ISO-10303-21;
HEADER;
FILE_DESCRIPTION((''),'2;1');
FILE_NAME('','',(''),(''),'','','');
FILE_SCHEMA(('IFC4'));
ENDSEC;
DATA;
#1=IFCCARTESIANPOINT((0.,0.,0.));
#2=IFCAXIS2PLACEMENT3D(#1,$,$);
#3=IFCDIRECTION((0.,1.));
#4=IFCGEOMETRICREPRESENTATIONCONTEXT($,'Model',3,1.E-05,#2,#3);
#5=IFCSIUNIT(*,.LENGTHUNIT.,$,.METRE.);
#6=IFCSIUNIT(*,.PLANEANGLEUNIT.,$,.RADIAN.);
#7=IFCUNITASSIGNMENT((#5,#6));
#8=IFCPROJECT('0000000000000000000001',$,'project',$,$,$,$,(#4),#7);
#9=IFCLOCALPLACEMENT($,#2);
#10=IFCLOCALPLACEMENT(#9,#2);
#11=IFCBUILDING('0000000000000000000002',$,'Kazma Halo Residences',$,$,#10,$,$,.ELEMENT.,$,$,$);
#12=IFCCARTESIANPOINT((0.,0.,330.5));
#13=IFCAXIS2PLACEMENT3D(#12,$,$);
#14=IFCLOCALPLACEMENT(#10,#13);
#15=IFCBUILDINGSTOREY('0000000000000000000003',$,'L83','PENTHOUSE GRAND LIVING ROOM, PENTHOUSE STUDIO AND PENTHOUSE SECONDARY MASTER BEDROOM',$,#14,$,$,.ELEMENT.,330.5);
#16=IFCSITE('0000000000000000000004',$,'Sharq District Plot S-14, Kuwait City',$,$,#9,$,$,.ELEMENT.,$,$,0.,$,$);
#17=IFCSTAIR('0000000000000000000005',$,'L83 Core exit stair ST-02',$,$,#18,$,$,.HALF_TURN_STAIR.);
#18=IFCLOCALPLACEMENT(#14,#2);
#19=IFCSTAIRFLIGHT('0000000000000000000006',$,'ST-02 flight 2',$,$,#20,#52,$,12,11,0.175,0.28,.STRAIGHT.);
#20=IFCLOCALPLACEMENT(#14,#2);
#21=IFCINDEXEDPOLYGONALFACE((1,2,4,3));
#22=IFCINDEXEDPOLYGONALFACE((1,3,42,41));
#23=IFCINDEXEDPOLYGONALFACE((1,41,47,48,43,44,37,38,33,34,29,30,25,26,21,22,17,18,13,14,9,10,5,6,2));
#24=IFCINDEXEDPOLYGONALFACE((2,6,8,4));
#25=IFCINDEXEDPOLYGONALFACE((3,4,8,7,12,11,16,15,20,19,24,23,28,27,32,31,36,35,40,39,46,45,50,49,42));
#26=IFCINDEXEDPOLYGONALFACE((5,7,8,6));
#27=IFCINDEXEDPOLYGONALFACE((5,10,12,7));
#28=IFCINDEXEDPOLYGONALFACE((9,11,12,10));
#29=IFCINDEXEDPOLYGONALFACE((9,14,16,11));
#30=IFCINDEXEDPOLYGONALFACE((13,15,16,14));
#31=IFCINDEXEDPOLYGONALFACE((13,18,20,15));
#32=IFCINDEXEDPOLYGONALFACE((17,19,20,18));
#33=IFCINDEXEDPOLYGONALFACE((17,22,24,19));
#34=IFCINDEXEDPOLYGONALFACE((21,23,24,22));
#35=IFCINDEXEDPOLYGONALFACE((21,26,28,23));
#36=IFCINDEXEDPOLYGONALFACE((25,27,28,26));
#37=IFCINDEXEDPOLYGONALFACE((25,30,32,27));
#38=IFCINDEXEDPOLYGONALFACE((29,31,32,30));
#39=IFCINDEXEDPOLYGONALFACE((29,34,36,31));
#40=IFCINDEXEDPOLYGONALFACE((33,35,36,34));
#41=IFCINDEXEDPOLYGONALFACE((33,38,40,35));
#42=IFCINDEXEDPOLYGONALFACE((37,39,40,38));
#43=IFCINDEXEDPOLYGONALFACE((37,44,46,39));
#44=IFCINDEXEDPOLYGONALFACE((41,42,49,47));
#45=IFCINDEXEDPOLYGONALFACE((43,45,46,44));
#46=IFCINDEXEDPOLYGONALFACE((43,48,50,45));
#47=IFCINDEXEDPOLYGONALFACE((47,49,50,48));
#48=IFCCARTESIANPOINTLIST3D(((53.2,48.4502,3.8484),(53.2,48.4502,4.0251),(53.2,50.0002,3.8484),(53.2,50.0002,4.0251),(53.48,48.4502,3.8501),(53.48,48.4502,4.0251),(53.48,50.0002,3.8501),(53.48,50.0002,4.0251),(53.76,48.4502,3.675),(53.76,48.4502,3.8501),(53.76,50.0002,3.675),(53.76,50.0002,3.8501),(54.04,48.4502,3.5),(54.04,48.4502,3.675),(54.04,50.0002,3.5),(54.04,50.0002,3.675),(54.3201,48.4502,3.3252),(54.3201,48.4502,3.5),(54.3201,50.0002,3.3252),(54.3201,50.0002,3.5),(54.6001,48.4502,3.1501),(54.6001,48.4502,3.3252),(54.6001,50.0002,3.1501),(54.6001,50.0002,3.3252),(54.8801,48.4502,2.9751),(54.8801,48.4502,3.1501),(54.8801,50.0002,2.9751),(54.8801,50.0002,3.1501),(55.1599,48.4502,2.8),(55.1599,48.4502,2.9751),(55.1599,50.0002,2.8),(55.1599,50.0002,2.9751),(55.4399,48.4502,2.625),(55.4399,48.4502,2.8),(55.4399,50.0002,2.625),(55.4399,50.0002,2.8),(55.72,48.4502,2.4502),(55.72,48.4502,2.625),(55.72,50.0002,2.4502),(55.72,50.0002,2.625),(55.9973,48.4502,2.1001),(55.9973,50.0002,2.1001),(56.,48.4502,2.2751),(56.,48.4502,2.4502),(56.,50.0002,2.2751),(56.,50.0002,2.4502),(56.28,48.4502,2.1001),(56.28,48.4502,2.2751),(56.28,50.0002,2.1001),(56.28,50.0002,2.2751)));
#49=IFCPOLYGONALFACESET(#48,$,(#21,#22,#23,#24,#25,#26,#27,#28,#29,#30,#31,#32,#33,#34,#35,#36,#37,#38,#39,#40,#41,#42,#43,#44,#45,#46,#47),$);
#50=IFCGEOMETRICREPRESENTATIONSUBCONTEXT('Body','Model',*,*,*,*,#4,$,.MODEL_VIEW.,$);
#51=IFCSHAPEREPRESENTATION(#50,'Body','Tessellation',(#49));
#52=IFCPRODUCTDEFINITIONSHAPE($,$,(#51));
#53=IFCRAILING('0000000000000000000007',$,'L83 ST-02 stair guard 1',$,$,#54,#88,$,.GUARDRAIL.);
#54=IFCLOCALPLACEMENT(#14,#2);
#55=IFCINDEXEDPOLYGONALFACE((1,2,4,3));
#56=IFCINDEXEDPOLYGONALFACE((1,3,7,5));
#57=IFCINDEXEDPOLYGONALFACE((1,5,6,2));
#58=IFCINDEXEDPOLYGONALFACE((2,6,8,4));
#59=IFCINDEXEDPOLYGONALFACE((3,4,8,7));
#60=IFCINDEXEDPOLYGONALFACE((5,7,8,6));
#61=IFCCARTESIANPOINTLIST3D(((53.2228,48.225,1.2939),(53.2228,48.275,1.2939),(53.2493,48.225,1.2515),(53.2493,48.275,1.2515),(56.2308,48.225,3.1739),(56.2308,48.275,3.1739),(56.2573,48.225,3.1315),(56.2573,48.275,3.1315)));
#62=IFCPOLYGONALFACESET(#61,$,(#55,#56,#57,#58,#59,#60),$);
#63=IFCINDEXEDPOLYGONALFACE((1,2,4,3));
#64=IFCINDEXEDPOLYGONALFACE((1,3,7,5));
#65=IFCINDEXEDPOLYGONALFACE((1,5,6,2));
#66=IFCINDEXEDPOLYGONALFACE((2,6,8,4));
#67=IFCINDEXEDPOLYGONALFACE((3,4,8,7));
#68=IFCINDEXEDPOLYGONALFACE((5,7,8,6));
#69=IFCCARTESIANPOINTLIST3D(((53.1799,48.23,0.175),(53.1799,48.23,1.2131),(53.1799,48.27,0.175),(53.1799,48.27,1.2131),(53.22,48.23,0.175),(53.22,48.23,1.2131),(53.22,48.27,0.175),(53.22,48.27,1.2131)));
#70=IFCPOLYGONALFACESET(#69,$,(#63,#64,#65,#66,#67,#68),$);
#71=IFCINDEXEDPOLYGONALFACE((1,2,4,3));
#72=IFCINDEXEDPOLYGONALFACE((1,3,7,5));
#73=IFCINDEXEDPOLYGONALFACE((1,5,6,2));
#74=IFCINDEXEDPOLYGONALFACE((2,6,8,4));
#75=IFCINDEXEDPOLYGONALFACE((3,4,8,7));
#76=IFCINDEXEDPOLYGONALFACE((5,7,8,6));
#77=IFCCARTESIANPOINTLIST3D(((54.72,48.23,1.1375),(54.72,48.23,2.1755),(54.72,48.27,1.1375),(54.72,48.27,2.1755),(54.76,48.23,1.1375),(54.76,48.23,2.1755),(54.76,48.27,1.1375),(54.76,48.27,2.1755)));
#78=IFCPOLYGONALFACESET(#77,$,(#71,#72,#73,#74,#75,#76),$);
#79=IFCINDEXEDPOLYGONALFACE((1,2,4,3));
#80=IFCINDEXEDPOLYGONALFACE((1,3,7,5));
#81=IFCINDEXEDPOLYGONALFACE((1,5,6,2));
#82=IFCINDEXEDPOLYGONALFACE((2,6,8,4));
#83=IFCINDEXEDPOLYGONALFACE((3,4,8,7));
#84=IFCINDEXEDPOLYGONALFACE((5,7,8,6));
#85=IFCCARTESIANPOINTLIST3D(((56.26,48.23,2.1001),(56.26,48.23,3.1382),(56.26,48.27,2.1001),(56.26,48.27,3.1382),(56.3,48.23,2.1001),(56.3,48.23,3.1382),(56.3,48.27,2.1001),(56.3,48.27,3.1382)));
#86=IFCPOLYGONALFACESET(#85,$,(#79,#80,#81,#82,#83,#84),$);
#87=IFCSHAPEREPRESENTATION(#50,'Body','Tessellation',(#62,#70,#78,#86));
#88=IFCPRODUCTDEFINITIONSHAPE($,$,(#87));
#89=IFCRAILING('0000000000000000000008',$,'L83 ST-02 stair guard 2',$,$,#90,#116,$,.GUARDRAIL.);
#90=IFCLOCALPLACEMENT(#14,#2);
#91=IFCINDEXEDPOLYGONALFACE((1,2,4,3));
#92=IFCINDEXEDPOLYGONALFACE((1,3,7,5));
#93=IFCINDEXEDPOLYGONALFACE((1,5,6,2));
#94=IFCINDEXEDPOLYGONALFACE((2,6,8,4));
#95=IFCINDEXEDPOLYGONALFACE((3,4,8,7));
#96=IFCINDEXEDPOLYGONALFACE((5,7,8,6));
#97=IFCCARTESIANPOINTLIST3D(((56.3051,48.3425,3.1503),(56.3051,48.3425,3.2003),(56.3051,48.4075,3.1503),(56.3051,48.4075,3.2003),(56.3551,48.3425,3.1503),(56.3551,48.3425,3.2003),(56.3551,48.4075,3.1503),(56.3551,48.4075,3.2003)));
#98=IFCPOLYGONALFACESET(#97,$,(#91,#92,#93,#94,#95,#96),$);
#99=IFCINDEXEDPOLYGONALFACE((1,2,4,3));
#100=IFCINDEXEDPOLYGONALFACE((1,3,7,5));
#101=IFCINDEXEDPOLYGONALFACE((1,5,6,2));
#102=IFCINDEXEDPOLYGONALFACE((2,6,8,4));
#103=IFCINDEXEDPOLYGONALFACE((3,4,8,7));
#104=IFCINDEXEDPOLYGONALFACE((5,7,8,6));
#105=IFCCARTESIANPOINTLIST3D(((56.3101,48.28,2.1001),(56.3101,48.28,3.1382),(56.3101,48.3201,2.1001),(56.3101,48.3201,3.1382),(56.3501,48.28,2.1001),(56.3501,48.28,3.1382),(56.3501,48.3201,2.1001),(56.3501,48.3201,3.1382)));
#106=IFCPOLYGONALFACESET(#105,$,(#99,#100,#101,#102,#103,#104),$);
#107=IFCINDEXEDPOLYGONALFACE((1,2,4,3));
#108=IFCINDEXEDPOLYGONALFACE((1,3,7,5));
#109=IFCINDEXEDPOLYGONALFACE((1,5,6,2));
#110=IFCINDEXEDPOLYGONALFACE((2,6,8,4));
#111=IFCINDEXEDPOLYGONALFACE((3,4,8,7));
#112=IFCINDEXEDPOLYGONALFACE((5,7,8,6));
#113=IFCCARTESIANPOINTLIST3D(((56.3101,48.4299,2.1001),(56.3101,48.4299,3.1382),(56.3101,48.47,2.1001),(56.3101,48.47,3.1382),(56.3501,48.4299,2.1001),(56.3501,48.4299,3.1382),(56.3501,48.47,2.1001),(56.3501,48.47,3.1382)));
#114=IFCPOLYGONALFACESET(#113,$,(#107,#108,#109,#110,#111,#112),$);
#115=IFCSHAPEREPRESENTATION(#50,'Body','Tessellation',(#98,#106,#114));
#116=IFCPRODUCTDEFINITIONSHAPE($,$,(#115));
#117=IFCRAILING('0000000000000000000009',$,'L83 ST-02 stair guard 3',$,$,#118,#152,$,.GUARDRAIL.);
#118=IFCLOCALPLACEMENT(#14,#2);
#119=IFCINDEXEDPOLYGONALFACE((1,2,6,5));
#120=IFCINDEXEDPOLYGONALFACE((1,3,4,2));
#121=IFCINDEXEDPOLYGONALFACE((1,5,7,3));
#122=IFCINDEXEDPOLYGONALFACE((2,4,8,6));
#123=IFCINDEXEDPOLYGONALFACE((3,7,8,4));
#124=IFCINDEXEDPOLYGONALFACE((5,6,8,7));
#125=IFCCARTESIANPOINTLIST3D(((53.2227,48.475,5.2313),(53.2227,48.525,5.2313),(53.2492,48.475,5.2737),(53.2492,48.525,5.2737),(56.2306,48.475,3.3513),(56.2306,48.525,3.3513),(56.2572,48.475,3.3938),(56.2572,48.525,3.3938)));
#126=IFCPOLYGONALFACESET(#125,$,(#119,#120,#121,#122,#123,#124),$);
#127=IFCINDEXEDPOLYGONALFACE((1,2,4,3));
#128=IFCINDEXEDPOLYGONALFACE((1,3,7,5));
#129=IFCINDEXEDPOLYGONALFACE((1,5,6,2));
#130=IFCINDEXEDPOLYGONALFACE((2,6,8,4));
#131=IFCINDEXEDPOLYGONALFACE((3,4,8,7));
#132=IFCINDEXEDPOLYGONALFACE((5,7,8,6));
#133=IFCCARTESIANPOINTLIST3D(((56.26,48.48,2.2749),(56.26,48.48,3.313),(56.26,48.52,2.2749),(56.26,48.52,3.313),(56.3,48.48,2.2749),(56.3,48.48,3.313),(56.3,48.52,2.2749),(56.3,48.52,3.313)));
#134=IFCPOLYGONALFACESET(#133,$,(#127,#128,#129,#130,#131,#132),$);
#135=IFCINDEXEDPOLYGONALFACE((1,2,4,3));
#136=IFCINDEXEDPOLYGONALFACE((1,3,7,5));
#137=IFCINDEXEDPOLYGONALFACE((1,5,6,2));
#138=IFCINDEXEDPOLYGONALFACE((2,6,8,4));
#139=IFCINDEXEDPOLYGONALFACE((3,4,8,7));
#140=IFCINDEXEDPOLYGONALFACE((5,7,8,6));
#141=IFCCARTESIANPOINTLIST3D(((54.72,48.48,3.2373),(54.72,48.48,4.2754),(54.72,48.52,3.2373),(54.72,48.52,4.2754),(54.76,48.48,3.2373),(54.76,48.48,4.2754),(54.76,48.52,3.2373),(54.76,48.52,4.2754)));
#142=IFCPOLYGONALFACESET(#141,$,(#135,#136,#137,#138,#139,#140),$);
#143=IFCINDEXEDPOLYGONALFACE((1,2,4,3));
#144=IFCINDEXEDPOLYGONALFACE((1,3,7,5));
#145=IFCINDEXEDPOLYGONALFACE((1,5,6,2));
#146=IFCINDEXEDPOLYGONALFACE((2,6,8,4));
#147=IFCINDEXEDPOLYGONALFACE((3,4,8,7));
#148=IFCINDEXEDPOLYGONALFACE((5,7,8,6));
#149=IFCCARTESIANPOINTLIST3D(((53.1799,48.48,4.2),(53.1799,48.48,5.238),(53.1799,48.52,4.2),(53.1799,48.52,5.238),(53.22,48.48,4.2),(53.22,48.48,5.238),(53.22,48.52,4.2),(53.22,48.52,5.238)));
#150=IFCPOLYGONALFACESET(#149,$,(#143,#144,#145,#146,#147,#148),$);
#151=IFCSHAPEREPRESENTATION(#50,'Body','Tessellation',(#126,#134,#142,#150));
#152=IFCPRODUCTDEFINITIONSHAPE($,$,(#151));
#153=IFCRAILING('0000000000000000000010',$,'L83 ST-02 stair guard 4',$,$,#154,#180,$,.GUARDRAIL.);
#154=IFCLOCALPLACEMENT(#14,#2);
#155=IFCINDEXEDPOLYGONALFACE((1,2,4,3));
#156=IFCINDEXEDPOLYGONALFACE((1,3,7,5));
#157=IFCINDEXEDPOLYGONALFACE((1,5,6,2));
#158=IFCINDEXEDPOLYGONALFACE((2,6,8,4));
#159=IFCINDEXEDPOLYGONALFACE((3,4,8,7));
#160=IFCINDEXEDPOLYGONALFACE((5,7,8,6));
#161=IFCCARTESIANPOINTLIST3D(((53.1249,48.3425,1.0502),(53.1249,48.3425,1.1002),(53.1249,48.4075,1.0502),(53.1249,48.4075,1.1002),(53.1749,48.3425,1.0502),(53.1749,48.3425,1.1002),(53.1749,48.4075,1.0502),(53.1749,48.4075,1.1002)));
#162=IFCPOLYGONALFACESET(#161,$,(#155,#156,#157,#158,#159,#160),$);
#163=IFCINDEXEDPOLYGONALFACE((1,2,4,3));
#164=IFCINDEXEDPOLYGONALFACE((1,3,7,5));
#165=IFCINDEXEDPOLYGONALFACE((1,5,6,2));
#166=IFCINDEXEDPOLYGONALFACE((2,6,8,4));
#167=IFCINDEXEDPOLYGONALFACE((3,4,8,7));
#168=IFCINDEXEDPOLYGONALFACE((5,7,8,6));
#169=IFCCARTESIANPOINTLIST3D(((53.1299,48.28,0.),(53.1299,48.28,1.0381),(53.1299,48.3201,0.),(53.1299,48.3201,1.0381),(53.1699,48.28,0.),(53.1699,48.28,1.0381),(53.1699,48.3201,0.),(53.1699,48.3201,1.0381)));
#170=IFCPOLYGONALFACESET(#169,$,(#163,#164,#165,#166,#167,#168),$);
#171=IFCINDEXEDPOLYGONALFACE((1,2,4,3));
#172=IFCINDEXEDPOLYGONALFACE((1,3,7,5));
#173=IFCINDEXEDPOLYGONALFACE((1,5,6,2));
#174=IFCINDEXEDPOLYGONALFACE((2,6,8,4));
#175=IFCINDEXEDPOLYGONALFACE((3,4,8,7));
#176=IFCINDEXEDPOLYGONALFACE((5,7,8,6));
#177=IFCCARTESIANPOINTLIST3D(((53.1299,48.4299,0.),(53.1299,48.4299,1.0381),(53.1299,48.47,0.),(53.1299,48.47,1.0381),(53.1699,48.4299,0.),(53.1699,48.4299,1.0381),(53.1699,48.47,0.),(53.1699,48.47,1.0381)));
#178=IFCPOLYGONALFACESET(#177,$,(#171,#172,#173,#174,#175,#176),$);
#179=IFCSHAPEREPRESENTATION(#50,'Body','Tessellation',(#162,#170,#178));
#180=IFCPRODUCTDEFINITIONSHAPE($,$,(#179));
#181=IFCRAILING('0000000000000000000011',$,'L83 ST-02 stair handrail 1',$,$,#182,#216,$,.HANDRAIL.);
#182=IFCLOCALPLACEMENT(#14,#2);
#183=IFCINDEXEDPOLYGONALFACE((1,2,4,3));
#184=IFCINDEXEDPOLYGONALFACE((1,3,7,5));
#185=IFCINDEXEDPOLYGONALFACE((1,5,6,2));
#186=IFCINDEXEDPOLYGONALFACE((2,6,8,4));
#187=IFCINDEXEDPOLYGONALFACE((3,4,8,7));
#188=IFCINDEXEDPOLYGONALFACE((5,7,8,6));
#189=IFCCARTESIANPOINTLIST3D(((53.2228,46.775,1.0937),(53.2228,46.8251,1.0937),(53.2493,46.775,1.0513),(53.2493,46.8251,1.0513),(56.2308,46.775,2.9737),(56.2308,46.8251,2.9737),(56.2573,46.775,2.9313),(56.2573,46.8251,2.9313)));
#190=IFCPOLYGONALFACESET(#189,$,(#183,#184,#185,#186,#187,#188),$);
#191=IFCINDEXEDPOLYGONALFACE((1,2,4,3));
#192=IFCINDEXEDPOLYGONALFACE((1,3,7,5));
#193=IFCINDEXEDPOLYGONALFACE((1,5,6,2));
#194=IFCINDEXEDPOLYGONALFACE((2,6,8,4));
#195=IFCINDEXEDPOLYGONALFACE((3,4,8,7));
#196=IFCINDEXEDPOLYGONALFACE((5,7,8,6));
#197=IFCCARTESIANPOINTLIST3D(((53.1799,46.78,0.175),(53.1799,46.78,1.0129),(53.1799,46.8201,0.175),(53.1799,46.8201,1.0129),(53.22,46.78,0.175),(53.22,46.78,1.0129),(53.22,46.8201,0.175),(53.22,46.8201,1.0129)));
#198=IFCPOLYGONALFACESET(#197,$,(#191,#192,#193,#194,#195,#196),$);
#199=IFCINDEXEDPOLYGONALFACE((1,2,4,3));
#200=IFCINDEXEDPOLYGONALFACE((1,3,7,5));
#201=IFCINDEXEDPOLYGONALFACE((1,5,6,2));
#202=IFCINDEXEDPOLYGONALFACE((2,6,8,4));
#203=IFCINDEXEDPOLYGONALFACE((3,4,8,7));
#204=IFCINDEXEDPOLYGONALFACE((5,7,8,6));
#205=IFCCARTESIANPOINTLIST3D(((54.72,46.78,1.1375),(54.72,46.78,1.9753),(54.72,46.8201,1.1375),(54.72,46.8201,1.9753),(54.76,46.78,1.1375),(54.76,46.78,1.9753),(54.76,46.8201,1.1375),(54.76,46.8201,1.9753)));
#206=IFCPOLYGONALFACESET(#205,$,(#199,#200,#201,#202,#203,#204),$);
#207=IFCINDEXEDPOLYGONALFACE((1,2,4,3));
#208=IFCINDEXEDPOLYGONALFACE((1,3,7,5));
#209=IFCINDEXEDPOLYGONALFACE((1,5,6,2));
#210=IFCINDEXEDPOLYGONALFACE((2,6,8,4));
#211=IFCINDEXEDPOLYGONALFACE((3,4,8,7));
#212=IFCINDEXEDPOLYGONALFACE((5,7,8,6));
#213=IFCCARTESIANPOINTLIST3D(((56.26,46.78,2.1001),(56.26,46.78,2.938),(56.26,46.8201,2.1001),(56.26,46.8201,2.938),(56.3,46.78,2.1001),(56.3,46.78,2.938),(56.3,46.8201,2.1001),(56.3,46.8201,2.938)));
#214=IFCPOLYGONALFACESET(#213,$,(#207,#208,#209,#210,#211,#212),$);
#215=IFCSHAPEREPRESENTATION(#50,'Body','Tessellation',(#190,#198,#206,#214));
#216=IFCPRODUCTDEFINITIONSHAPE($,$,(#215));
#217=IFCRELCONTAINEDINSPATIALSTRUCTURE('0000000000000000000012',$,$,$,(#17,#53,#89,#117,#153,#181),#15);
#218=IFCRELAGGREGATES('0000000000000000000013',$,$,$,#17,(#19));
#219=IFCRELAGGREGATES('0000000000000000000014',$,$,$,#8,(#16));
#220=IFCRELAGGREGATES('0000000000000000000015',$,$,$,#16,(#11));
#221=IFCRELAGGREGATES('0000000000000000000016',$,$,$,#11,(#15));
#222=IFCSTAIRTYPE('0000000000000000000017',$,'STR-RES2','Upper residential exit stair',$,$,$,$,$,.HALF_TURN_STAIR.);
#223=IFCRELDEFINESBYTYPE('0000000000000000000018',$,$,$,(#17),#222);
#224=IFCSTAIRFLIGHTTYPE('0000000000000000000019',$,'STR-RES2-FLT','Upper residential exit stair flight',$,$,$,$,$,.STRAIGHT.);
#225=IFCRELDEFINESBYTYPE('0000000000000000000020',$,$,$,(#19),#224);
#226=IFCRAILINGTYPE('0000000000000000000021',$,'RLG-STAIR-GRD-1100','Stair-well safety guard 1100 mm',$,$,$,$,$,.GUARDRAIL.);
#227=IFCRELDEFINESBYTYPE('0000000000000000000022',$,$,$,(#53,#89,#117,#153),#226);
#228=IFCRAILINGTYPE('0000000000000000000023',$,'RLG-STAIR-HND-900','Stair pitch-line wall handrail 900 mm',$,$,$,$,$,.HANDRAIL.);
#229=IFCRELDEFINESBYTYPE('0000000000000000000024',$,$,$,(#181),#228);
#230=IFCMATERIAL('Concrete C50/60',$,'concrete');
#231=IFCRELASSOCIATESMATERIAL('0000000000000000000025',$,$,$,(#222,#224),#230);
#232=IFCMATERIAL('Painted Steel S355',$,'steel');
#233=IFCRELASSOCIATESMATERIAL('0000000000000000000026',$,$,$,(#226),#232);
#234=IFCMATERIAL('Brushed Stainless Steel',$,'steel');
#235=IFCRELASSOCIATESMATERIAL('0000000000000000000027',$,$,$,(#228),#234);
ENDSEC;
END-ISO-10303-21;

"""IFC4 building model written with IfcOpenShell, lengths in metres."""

from ifc_helpers import new_model, si_unit, direction, frame, origin, origin_2d, place, context, subcontext, project, spatial, polyline, rectangle, outline, extrude, material, type_object, element, aggregate, save


model = new_model("IFC4")

# Units and contexts
model_context = context("Model", 3, precision=1e-05, world=origin(), true_north=direction((0.0, 1.0)))
body_context = subcontext(model_context, "Body", "Model", "MODEL_VIEW")
ifc_project = project(units=[si_unit("LENGTHUNIT", "METRE"), si_unit("PLANEANGLEUNIT", "RADIAN")], contexts=[model_context])

# Site, building, storey
site_placement = place(None, origin())
site = spatial("IfcSite", under=ifc_project, at=site_placement, Name="Sharq District Plot S-14, Kuwait City", CompositionType="ELEMENT", RefElevation=0.0)
building_placement = place(site_placement, origin())
building = spatial("IfcBuilding", under=site, at=building_placement, Name="Kazma Halo Residences", CompositionType="ELEMENT")
storey_placement = place(building_placement, frame((0.0, 0.0, 330.5)))
storey = spatial("IfcBuildingStorey", under=building, at=storey_placement, Name="L83", Description="PENTHOUSE GRAND LIVING ROOM, PENTHOUSE STUDIO AND PENTHOUSE SECONDARY MASTER BEDROOM", CompositionType="ELEMENT", Elevation=330.5)

# Shared definitions
ifc_material_1 = material(Name="Concrete C50/60", Category="concrete")

# Stair, stair flight
stair_type = type_object("IfcStairType", Name="STR-RES2", Description="Upper residential exit stair", PredefinedType="HALF_TURN_STAIR", material=ifc_material_1)
stair_placement = place(storey_placement, origin())
stair = element("IfcStair", 1, at=stair_placement, inside=storey, type_object=stair_type, Name="L83 Core exit stair ST-02", PredefinedType="HALF_TURN_STAIR")
stair_flight_type = type_object("IfcStairFlightType", Name="STR-RES2-FLT", Description="Upper residential exit stair flight", PredefinedType="STRAIGHT", material=ifc_material_1)
stair_flight_1_placement = place(storey_placement, frame((56.28, 49.2251, 2.1001), z_axis=(0.0, 0.0, 1.0), x_axis=(-1.0, 0.0, 0.0)))
stair_flight_1 = element("IfcStairFlight", 2, at=stair_flight_1_placement, type_object=stair_flight_type, Name="ST-02 flight 2", NumberOfRisers=12, NumberOfTreads=11, PredefinedType="STRAIGHT", RiserHeight=0.175, TreadLength=0.28, context=body_context, shape_type="SweptSolid", body=[
    extrude(outline(polyline([(0.0, 0.0), (0.0, 0.175), (0.28, 0.175), (0.28, 0.3501), (0.5601, 0.3501), (0.5601, 0.5249), (0.8401, 0.5249), (0.8401, 0.7), (1.1201, 0.7), (1.1201, 0.875), (1.3999, 0.875), (1.3999, 1.05), (1.6799, 1.05), (1.6799, 1.2251), (1.96, 1.2251), (1.96, 1.3999), (2.24, 1.3999), (2.24, 1.575), (2.52, 1.575), (2.52, 1.75), (2.8, 1.75), (2.8, 1.925), (3.0801, 1.925), (3.0801, 2.1001), (3.0801, 1.7483), (0.2827, 0.0), (0.0, 0.0)])), frame((0.0, 0.7749, 0.0), z_axis=(0.0, -1.0, 0.0), x_axis=(1.0, 0.0, 0.0)), (0.0, 0.0, 1.0), 1.55),
])
aggregate(stair, [stair_flight_1])

# Railings
ifc_material_2 = material(Name="Painted Steel S355", Category="steel")
railing_type_1 = type_object("IfcRailingType", Name="RLG-STAIR-GRD-1100", Description="Stair-well safety guard 1100 mm", PredefinedType="GUARDRAIL", material=ifc_material_2)
railing_1_placement = place(storey_placement, frame((53.2, 48.25, 0.175)))
element("IfcRailing", 3, at=railing_1_placement, inside=storey, type_object=railing_type_1, Name="L83 ST-02 stair guard 1", PredefinedType="GUARDRAIL", context=body_context, shape_type="SweptSolid", body=[
    extrude(rectangle(XDim=0.05, YDim=0.05, at=origin_2d()), frame((0.0361, 0.0, 1.0977), z_axis=(0.847998, 0.0, 0.529999), x_axis=(0.0, 1.0, 0.0)), (0.0, 0.0, 1.0), 3.5471),
    extrude(rectangle(XDim=0.04, YDim=0.04, at=origin_2d()), origin(), (0.0, 0.0, 1.0), 1.0381),
    extrude(rectangle(XDim=0.04, YDim=0.04, at=origin_2d()), frame((1.54, 0.0, 0.9624)), (0.0, 0.0, 1.0), 1.0381),
    extrude(rectangle(XDim=0.04, YDim=0.04, at=origin_2d()), frame((3.0801, 0.0, 1.925)), (0.0, 0.0, 1.0), 1.0381),
])
railing_2_placement = place(storey_placement, frame((56.3301, 48.3, 2.1001)))
element("IfcRailing", 4, at=railing_2_placement, inside=storey, type_object=railing_type_1, Name="L83 ST-02 stair guard 2", PredefinedType="GUARDRAIL", context=body_context, shape_type="SweptSolid", body=[
    extrude(rectangle(XDim=0.05, YDim=0.05, at=origin_2d()), frame((0.0, 0.0425, 1.0752), z_axis=(0.0, 1.0, 0.0), x_axis=(-1.0, 0.0, 0.0)), (0.0, 0.0, 1.0), 0.0649),
    extrude(rectangle(XDim=0.04, YDim=0.04, at=origin_2d()), origin(), (0.0, 0.0, 1.0), 1.0381),
    extrude(rectangle(XDim=0.04, YDim=0.04, at=origin_2d()), frame((0.0, 0.1499, 0.0)), (0.0, 0.0, 1.0), 1.0381),
])
railing_3_placement = place(storey_placement, frame((56.28, 48.5, 2.2749)))
element("IfcRailing", 5, at=railing_3_placement, inside=storey, type_object=railing_type_1, Name="L83 ST-02 stair guard 3", PredefinedType="GUARDRAIL", context=body_context, shape_type="SweptSolid", body=[
    extrude(rectangle(XDim=0.05, YDim=0.05, at=origin_2d()), frame((-0.0361, 0.0, 1.0977), z_axis=(-0.847998, 0.0, 0.529999), x_axis=(0.0, -1.0, 0.0)), (0.0, 0.0, 1.0), 3.5471),
    extrude(rectangle(XDim=0.04, YDim=0.04, at=origin_2d()), origin(), (0.0, 0.0, 1.0), 1.0381),
    extrude(rectangle(XDim=0.04, YDim=0.04, at=origin_2d()), frame((-1.54, 0.0, 0.9624)), (0.0, 0.0, 1.0), 1.0381),
    extrude(rectangle(XDim=0.04, YDim=0.04, at=origin_2d()), frame((-3.0801, 0.0, 1.925)), (0.0, 0.0, 1.0), 1.0381),
])
railing_4_placement = place(storey_placement, frame((53.1499, 48.3, 0.0)))
element("IfcRailing", 6, at=railing_4_placement, inside=storey, type_object=railing_type_1, Name="L83 ST-02 stair guard 4", PredefinedType="GUARDRAIL", context=body_context, shape_type="SweptSolid", body=[
    extrude(rectangle(XDim=0.05, YDim=0.05, at=origin_2d()), frame((0.0, 0.0425, 1.0752), z_axis=(0.0, 1.0, 0.0), x_axis=(-1.0, 0.0, 0.0)), (0.0, 0.0, 1.0), 0.0649),
    extrude(rectangle(XDim=0.04, YDim=0.04, at=origin_2d()), origin(), (0.0, 0.0, 1.0), 1.0381),
    extrude(rectangle(XDim=0.04, YDim=0.04, at=origin_2d()), frame((0.0, 0.1499, 0.0)), (0.0, 0.0, 1.0), 1.0381),
])
ifc_material_3 = material(Name="Brushed Stainless Steel", Category="steel")
railing_type_2 = type_object("IfcRailingType", Name="RLG-STAIR-HND-900", Description="Stair pitch-line wall handrail 900 mm", PredefinedType="HANDRAIL", material=ifc_material_3)
railing_5_placement = place(storey_placement, frame((53.2, 46.8, 0.175)))
element("IfcRailing", 7, at=railing_5_placement, inside=storey, type_object=railing_type_2, Name="L83 ST-02 stair handrail 1", PredefinedType="HANDRAIL", context=body_context, shape_type="SweptSolid", body=[
    extrude(rectangle(XDim=0.05, YDim=0.05, at=origin_2d()), frame((0.0361, 0.0, 0.8975), z_axis=(0.847998, 0.0, 0.529999), x_axis=(0.0, 1.0, 0.0)), (0.0, 0.0, 1.0), 3.5471),
    extrude(rectangle(XDim=0.04, YDim=0.04, at=origin_2d()), origin(), (0.0, 0.0, 1.0), 0.8379),
    extrude(rectangle(XDim=0.04, YDim=0.04, at=origin_2d()), frame((1.54, 0.0, 0.9624)), (0.0, 0.0, 1.0), 0.8379),
    extrude(rectangle(XDim=0.04, YDim=0.04, at=origin_2d()), frame((3.0801, 0.0, 1.925)), (0.0, 0.0, 1.0), 0.8379),
])

save(model, "model.ifc")
